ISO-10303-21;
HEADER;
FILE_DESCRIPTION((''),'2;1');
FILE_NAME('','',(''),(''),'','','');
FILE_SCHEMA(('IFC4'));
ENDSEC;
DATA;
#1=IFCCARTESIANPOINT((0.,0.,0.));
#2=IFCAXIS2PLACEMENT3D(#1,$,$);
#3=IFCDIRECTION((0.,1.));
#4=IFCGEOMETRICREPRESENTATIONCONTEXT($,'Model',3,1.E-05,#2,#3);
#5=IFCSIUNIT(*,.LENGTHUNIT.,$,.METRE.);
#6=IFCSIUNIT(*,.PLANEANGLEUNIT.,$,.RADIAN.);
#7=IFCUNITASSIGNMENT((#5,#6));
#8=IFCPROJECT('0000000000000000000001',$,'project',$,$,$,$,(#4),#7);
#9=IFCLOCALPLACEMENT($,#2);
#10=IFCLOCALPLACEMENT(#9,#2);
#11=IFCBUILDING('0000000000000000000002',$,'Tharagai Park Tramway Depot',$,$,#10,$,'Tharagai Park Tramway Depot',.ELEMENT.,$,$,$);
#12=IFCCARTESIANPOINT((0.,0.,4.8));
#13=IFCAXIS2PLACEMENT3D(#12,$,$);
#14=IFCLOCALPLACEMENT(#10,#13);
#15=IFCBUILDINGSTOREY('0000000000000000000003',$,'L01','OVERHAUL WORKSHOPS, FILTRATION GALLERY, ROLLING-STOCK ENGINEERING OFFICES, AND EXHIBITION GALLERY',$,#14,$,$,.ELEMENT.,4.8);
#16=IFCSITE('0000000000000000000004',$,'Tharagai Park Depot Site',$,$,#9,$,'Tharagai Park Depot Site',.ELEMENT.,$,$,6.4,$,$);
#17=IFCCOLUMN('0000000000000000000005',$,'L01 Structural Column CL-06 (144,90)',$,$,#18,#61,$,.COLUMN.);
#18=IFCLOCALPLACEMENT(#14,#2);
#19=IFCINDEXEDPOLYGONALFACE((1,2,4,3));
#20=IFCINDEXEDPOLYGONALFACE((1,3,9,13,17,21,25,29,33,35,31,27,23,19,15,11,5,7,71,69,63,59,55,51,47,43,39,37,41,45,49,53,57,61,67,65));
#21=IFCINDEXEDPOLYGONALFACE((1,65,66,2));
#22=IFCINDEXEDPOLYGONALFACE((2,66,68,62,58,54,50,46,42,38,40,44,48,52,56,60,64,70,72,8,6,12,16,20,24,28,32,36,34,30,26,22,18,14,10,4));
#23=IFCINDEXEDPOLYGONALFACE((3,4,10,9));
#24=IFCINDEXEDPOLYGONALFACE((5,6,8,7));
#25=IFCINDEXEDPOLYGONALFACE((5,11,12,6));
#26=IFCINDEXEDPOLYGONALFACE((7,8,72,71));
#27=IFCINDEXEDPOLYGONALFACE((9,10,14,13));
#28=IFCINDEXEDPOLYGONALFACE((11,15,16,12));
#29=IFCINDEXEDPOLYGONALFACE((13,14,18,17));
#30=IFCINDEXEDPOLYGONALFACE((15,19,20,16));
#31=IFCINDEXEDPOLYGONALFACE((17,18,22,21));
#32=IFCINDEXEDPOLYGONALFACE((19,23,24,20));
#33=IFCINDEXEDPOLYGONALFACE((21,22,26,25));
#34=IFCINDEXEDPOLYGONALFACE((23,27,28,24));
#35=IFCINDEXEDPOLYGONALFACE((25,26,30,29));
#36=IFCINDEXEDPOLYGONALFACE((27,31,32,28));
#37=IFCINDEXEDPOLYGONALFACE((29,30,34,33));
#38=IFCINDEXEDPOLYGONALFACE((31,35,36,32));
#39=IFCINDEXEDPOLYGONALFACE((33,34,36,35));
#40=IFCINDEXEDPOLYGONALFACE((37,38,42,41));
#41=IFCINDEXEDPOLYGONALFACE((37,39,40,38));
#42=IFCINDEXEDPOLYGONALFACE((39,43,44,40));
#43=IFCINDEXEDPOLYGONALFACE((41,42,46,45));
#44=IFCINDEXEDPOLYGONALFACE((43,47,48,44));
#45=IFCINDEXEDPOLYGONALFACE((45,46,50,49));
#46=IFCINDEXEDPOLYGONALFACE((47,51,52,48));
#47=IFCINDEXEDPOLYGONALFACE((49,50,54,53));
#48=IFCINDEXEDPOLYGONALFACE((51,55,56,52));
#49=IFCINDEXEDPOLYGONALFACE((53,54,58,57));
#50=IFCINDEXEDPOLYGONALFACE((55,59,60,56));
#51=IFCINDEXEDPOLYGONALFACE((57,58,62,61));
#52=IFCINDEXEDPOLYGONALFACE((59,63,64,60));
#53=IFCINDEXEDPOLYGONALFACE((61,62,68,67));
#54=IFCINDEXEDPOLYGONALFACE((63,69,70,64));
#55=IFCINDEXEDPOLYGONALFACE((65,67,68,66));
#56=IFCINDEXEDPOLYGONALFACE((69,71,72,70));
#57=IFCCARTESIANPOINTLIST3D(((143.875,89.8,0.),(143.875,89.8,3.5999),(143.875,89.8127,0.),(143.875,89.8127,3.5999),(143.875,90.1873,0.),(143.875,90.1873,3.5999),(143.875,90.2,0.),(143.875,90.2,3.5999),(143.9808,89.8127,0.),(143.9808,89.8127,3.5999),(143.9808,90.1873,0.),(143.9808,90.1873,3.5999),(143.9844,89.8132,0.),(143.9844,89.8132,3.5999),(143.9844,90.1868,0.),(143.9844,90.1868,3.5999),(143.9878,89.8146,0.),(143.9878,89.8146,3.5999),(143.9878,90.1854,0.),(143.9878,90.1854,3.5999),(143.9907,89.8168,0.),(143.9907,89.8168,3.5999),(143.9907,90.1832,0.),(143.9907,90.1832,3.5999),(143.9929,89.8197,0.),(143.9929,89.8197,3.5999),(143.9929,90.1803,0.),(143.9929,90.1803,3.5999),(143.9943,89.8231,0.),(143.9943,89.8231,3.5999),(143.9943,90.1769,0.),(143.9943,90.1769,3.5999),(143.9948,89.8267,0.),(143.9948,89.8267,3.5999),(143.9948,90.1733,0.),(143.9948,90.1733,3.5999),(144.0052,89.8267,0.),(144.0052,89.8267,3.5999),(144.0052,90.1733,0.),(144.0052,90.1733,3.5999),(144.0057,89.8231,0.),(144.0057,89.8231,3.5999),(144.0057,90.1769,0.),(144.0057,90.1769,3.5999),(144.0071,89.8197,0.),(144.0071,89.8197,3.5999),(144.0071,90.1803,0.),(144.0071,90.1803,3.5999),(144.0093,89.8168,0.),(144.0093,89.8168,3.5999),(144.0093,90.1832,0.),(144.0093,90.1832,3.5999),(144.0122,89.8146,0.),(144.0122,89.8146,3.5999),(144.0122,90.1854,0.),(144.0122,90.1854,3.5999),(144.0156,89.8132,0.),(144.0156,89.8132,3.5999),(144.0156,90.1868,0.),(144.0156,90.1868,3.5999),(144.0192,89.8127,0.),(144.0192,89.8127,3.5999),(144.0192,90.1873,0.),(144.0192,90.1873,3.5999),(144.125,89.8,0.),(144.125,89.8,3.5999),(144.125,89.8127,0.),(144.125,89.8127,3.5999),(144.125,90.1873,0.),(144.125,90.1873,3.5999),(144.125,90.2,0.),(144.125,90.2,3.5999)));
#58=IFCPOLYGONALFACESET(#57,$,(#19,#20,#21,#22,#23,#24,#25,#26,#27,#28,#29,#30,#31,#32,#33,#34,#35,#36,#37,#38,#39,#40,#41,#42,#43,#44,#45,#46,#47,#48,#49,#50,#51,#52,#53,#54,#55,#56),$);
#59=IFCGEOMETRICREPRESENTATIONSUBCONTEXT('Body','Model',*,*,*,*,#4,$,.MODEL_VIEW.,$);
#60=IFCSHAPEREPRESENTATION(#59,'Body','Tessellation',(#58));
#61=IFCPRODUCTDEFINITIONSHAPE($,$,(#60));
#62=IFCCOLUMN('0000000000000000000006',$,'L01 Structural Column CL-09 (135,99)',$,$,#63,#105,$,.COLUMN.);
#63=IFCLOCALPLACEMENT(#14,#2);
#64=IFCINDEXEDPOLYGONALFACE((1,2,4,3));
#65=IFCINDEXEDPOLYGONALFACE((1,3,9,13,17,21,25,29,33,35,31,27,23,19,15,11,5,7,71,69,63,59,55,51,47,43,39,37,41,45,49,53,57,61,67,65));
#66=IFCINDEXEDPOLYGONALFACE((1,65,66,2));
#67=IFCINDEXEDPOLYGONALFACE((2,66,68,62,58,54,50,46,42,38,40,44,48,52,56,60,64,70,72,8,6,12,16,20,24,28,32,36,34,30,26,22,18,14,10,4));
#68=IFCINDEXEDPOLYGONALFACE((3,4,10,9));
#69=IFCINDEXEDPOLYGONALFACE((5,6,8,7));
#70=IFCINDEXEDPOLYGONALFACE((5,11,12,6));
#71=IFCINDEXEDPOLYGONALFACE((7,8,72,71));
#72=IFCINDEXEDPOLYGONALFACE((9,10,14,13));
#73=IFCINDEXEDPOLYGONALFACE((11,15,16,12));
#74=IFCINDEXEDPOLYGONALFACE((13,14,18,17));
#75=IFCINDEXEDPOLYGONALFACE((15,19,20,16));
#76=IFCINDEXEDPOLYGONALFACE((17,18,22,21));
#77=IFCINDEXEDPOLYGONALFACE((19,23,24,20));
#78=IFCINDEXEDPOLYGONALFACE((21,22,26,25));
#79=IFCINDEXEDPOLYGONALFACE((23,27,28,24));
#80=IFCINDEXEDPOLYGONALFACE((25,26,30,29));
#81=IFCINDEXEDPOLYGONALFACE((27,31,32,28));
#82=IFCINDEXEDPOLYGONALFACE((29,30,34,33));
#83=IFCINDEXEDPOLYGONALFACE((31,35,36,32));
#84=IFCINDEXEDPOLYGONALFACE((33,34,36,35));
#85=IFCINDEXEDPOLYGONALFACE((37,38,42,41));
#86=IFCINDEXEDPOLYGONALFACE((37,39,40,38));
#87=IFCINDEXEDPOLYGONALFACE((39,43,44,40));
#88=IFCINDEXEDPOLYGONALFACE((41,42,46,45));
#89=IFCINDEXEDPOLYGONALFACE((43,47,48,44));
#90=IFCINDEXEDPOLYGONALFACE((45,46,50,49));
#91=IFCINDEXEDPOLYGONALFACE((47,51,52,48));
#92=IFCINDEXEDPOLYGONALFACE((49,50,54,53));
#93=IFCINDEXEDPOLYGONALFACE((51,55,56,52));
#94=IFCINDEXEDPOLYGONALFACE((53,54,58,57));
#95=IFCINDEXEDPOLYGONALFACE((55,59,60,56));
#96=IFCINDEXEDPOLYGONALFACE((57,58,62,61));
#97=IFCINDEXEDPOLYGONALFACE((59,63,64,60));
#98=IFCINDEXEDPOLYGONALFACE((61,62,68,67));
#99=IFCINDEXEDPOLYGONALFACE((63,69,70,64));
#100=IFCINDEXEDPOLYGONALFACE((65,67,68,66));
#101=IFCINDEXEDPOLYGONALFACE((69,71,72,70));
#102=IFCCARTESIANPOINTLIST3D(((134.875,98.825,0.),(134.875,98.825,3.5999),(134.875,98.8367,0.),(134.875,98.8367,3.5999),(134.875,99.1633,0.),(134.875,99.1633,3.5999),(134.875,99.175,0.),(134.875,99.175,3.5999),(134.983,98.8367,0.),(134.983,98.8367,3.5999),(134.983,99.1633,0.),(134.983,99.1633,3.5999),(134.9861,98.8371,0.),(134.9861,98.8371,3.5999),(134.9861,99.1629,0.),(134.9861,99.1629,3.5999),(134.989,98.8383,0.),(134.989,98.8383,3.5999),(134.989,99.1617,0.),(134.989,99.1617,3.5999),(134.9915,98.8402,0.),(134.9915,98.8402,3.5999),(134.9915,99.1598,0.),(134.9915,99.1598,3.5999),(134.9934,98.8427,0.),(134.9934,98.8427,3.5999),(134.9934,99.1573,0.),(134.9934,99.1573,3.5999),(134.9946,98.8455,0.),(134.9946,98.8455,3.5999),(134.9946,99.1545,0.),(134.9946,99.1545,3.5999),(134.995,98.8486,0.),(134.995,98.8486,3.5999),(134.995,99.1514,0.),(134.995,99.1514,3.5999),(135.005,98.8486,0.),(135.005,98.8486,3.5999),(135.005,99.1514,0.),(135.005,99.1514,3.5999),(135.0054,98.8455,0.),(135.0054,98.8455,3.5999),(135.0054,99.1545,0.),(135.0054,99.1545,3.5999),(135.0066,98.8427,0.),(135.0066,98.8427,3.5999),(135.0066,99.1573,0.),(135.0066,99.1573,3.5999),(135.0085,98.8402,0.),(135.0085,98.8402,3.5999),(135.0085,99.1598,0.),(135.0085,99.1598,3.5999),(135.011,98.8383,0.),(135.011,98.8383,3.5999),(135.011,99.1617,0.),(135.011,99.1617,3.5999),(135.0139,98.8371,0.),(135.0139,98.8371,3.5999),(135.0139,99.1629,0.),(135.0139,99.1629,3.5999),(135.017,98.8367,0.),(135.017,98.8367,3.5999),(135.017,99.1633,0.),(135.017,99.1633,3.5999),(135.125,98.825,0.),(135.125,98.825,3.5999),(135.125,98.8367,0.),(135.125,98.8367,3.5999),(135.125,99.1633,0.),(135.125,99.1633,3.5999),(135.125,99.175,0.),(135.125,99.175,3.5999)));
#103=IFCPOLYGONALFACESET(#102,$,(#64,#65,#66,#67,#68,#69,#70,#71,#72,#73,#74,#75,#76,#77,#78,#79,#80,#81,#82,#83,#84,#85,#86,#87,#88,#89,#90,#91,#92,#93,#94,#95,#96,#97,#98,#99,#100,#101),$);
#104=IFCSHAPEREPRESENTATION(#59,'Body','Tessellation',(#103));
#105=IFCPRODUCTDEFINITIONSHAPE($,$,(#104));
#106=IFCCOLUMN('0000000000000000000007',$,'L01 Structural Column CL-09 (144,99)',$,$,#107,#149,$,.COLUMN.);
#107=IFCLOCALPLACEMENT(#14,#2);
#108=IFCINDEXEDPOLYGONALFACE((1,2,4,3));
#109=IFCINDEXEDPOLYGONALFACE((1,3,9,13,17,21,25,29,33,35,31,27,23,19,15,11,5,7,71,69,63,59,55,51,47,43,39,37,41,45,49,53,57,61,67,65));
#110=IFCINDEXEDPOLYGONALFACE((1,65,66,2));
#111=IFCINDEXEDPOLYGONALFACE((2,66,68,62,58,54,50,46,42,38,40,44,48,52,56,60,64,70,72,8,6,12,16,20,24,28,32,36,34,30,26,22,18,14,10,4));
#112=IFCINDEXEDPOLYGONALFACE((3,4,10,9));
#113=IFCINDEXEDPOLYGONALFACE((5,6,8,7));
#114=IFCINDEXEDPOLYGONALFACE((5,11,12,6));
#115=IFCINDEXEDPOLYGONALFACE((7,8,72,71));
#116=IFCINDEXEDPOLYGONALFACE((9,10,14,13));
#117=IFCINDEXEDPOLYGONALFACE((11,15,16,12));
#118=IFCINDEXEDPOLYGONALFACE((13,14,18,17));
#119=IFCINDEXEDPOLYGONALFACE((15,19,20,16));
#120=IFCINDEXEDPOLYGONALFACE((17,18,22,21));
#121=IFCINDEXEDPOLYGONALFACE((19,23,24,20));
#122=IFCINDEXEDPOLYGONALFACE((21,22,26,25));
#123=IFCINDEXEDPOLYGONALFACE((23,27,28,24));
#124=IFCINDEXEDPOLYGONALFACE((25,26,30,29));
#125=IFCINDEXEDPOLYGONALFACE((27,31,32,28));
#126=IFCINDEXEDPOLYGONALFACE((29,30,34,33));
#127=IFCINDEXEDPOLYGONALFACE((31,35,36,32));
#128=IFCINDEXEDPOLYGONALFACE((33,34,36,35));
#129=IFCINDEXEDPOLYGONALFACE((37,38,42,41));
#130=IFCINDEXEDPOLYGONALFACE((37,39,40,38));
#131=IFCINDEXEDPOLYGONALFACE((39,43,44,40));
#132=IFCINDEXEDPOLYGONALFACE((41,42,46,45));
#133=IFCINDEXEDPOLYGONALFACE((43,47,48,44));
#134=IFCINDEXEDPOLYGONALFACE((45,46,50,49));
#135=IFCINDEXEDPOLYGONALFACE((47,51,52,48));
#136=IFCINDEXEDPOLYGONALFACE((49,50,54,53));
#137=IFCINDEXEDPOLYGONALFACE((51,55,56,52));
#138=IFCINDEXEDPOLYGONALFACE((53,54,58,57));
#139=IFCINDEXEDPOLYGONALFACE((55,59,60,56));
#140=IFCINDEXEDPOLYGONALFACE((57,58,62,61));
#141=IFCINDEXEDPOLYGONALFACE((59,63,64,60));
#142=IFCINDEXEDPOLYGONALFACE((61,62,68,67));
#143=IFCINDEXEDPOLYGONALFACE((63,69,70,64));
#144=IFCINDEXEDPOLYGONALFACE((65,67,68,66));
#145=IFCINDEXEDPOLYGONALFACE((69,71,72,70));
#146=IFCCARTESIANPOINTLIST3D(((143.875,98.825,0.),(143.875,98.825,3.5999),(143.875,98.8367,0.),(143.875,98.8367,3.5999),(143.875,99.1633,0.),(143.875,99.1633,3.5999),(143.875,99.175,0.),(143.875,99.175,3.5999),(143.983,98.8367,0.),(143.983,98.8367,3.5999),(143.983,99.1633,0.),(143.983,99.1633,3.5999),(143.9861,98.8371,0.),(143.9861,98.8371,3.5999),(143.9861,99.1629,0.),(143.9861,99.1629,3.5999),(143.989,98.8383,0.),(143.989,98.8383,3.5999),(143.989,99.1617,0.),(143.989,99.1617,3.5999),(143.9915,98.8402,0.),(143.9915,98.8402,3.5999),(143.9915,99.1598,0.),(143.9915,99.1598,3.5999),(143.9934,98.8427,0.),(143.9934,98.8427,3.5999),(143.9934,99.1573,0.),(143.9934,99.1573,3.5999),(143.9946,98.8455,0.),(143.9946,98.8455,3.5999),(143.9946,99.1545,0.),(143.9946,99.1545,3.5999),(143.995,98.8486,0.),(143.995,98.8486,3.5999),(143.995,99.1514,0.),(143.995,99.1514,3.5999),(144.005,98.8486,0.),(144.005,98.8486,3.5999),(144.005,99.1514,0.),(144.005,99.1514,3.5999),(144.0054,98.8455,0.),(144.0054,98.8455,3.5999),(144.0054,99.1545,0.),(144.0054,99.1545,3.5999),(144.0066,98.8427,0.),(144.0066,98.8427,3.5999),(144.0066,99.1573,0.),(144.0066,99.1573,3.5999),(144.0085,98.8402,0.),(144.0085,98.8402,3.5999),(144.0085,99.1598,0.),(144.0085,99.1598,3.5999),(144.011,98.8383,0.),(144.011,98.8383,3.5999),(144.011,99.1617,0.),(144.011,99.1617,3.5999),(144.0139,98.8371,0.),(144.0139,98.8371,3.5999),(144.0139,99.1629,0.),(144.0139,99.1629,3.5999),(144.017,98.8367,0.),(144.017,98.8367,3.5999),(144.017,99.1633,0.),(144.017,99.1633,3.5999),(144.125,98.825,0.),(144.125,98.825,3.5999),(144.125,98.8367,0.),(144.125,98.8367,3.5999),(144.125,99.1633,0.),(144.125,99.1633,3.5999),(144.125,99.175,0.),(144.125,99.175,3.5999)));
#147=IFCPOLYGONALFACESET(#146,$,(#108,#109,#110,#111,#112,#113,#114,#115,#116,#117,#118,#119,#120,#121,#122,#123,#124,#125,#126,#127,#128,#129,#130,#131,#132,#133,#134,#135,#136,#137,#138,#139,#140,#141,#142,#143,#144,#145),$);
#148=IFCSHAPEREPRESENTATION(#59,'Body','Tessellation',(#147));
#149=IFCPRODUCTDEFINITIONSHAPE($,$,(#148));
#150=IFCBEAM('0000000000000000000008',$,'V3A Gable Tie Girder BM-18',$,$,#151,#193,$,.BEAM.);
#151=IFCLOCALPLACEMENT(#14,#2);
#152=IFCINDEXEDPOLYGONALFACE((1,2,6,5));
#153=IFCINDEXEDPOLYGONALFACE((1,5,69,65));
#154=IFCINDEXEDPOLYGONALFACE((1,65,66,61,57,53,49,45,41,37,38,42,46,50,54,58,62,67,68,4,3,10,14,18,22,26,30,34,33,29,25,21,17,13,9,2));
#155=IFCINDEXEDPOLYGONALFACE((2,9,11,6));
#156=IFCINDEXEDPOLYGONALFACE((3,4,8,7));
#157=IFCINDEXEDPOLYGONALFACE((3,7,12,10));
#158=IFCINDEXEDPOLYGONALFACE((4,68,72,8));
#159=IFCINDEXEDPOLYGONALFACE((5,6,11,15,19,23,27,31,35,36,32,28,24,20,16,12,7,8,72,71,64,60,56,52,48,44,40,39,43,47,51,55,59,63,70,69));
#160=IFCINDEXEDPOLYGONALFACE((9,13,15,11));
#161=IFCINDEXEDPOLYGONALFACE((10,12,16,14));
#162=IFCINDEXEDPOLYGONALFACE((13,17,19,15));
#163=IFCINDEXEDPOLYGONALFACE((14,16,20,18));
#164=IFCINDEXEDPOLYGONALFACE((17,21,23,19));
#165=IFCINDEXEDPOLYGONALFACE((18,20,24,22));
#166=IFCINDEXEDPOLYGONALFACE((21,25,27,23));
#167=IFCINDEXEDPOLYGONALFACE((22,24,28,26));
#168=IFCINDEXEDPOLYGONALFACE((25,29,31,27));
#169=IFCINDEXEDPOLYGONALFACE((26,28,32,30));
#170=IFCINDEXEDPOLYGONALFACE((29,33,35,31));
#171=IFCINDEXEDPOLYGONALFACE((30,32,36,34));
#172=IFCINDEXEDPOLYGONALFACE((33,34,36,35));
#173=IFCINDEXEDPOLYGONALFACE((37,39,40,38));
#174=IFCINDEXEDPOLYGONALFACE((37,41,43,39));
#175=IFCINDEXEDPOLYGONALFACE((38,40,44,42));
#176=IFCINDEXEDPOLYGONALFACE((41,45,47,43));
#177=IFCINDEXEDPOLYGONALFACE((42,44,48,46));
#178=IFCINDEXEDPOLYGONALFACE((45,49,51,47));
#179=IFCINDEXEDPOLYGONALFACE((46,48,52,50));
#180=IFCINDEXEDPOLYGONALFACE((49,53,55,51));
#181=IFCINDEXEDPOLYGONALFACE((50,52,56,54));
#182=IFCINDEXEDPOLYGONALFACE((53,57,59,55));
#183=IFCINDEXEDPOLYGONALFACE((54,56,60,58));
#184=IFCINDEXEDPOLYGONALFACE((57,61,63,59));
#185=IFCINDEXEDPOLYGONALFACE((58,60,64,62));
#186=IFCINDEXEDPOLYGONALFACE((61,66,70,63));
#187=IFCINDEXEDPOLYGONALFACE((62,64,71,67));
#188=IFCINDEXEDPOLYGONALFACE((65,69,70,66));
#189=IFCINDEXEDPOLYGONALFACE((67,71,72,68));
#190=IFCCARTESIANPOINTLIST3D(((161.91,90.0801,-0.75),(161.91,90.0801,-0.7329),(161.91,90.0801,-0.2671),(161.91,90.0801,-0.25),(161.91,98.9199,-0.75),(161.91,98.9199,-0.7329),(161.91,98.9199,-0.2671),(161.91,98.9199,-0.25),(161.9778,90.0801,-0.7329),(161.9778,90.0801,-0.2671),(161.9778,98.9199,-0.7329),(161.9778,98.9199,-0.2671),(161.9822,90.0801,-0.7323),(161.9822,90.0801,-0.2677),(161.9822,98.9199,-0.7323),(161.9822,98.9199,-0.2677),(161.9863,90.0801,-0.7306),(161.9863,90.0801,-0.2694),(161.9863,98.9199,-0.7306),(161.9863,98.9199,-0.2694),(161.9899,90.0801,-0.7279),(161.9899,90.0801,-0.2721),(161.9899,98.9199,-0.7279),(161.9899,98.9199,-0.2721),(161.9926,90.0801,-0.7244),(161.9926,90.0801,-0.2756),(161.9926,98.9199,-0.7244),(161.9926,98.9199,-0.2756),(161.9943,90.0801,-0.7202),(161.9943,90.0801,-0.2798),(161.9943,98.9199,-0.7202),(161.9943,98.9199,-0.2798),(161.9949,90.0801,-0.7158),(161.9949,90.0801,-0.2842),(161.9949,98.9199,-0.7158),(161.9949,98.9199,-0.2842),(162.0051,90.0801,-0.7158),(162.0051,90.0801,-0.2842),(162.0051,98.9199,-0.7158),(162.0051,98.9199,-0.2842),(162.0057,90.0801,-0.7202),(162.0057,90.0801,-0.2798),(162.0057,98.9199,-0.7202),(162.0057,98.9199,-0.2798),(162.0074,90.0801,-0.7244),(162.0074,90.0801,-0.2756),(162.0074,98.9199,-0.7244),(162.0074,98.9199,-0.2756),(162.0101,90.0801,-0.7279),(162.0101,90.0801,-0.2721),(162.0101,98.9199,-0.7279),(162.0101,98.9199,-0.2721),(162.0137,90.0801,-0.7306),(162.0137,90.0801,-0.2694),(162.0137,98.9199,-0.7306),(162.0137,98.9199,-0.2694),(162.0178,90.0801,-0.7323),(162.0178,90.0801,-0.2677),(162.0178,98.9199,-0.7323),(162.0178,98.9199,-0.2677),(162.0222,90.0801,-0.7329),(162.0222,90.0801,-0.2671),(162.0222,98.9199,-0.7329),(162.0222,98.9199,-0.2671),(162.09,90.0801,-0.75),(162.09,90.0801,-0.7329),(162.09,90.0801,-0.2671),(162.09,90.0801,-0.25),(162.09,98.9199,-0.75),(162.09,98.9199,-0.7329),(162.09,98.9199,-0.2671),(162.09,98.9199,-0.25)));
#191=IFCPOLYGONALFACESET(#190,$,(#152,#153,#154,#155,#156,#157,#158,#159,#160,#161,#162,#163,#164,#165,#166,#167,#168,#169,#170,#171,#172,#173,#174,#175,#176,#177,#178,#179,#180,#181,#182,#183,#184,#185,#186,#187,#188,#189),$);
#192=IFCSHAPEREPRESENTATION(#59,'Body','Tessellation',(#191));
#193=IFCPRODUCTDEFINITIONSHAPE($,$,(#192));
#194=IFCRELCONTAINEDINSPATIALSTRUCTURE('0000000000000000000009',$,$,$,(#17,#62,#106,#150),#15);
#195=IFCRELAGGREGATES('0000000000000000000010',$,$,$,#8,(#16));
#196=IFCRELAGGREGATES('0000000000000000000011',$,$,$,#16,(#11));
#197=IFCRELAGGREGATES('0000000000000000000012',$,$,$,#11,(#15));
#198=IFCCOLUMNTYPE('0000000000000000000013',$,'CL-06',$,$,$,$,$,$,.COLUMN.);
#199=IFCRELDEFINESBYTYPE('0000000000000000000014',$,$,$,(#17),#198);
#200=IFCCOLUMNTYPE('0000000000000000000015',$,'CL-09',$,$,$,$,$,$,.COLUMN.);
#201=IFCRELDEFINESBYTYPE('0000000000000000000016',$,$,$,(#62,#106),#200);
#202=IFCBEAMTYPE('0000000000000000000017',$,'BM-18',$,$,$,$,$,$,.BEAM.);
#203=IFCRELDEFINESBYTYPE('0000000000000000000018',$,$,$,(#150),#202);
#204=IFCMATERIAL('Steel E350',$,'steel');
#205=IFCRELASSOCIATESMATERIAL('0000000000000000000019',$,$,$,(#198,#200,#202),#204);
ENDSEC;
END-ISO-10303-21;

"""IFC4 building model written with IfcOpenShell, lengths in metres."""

from ifc_helpers import new_model, si_unit, direction, frame, origin, origin_2d, place, context, subcontext, project, spatial, i_section, extrude, material, material_profile, profile_set, type_object, element, save


model = new_model("IFC4")

# Units and contexts
model_context = context("Model", 3, precision=1e-05, world=origin(), true_north=direction((0.0, 1.0)))
body_context = subcontext(model_context, "Body", "Model", "MODEL_VIEW")
ifc_project = project(units=[si_unit("LENGTHUNIT", "METRE"), si_unit("PLANEANGLEUNIT", "RADIAN")], contexts=[model_context])

# Site, building, storey
site_placement = place(None, origin())
site = spatial("IfcSite", under=ifc_project, at=site_placement, Name="Tharagai Park Depot Site", LongName="Tharagai Park Depot Site", CompositionType="ELEMENT", RefElevation=6.4)
building_placement = place(site_placement, origin())
building = spatial("IfcBuilding", under=site, at=building_placement, Name="Tharagai Park Tramway Depot", LongName="Tharagai Park Tramway Depot", CompositionType="ELEMENT")
storey_placement = place(building_placement, frame((0.0, 0.0, 4.8)))
storey = spatial("IfcBuildingStorey", under=building, at=storey_placement, Name="L01", Description="OVERHAUL WORKSHOPS, FILTRATION GALLERY, ROLLING-STOCK ENGINEERING OFFICES, AND EXHIBITION GALLERY", CompositionType="ELEMENT", Elevation=4.8)

# Columns
ifc_material_1 = material(Name="Steel E350", Category="steel")
ifc_material_profile_1 = material_profile(ifc_material_1, i_section(OverallWidth=0.25, OverallDepth=0.3999, WebThickness=0.0105, FlangeThickness=0.0127, FilletRadius=0.0139, at=origin_2d()), Name="ISHB 400")
ifc_profile_set_1 = profile_set([ifc_material_profile_1], Name="Steel E350")
column_type_1 = type_object("IfcColumnType", Name="CL-06", PredefinedType="COLUMN", material=ifc_profile_set_1)
column_placement = place(storey_placement, frame((144.0, 90.0, 0.0), z_axis=(0.0, 0.0, 1.0), x_axis=(1.0, 0.0, 0.0)))
element("IfcColumn", 1, at=column_placement, inside=storey, type_object=column_type_1, Name="L01 Structural Column CL-06 (144,90)", PredefinedType="COLUMN", context=body_context, shape_type="SweptSolid", body=[
    extrude(i_section(OverallWidth=0.25, OverallDepth=0.3999, WebThickness=0.0105, FlangeThickness=0.0127, FilletRadius=0.0139, at=origin_2d()), origin(), (0.0, 0.0, 1.0), 3.5999),
])
ifc_material_profile_2 = material_profile(ifc_material_1, i_section(OverallWidth=0.25, OverallDepth=0.3501, WebThickness=0.01, FlangeThickness=0.0117, FilletRadius=0.012, at=origin_2d()), Name="ISHB 350")
ifc_profile_set_2 = profile_set([ifc_material_profile_2], Name="Steel E350")
column_type_2 = type_object("IfcColumnType", Name="CL-09", PredefinedType="COLUMN", material=ifc_profile_set_2)
for number, where, z_axis, x_axis, name in (
    (2, (135.0, 99.0, 0.0), (0.0, 0.0, 1.0), (1.0, 0.0, 0.0), "L01 Structural Column CL-09 (135,99)"),
    (3, (144.0, 99.0, 0.0), (0.0, 0.0, 1.0), (1.0, 0.0, 0.0), "L01 Structural Column CL-09 (144,99)"),
):
    element("IfcColumn", number, at=place(storey_placement, frame(where, z_axis=z_axis, x_axis=x_axis)), inside=storey, type_object=column_type_2, Name=name, PredefinedType="COLUMN", context=body_context, shape_type="SweptSolid", body=[
        extrude(i_section(OverallWidth=0.25, OverallDepth=0.3501, WebThickness=0.01, FlangeThickness=0.0117, FilletRadius=0.012, at=origin_2d()), origin(), (0.0, 0.0, 1.0), 3.5999),
    ])

# Beam
ifc_material_profile_3 = material_profile(ifc_material_1, i_section(OverallWidth=0.1799, OverallDepth=0.5, WebThickness=0.0103, FlangeThickness=0.0171, FilletRadius=0.0171, at=origin_2d()), Name="ISMB 500")
ifc_profile_set_3 = profile_set([ifc_material_profile_3], Name="Steel E350")
beam_type_1 = type_object("IfcBeamType", Name="BM-18", PredefinedType="BEAM", material=ifc_profile_set_3)
beam_1_placement = place(storey_placement, frame((162.0, 90.0801, -0.5), z_axis=(0.0, 1.0, 0.0), x_axis=(-1.0, 0.0, 0.0)))
element("IfcBeam", 4, at=beam_1_placement, inside=storey, type_object=beam_type_1, Name="V3A Gable Tie Girder BM-18", PredefinedType="BEAM", context=body_context, shape_type="SweptSolid", body=[
    extrude(i_section(OverallWidth=0.1799, OverallDepth=0.5, WebThickness=0.0103, FlangeThickness=0.0171, FilletRadius=0.0171, at=origin_2d()), origin(), (0.0, 0.0, 1.0), 8.8398),
])

save(model, "model.ifc")
